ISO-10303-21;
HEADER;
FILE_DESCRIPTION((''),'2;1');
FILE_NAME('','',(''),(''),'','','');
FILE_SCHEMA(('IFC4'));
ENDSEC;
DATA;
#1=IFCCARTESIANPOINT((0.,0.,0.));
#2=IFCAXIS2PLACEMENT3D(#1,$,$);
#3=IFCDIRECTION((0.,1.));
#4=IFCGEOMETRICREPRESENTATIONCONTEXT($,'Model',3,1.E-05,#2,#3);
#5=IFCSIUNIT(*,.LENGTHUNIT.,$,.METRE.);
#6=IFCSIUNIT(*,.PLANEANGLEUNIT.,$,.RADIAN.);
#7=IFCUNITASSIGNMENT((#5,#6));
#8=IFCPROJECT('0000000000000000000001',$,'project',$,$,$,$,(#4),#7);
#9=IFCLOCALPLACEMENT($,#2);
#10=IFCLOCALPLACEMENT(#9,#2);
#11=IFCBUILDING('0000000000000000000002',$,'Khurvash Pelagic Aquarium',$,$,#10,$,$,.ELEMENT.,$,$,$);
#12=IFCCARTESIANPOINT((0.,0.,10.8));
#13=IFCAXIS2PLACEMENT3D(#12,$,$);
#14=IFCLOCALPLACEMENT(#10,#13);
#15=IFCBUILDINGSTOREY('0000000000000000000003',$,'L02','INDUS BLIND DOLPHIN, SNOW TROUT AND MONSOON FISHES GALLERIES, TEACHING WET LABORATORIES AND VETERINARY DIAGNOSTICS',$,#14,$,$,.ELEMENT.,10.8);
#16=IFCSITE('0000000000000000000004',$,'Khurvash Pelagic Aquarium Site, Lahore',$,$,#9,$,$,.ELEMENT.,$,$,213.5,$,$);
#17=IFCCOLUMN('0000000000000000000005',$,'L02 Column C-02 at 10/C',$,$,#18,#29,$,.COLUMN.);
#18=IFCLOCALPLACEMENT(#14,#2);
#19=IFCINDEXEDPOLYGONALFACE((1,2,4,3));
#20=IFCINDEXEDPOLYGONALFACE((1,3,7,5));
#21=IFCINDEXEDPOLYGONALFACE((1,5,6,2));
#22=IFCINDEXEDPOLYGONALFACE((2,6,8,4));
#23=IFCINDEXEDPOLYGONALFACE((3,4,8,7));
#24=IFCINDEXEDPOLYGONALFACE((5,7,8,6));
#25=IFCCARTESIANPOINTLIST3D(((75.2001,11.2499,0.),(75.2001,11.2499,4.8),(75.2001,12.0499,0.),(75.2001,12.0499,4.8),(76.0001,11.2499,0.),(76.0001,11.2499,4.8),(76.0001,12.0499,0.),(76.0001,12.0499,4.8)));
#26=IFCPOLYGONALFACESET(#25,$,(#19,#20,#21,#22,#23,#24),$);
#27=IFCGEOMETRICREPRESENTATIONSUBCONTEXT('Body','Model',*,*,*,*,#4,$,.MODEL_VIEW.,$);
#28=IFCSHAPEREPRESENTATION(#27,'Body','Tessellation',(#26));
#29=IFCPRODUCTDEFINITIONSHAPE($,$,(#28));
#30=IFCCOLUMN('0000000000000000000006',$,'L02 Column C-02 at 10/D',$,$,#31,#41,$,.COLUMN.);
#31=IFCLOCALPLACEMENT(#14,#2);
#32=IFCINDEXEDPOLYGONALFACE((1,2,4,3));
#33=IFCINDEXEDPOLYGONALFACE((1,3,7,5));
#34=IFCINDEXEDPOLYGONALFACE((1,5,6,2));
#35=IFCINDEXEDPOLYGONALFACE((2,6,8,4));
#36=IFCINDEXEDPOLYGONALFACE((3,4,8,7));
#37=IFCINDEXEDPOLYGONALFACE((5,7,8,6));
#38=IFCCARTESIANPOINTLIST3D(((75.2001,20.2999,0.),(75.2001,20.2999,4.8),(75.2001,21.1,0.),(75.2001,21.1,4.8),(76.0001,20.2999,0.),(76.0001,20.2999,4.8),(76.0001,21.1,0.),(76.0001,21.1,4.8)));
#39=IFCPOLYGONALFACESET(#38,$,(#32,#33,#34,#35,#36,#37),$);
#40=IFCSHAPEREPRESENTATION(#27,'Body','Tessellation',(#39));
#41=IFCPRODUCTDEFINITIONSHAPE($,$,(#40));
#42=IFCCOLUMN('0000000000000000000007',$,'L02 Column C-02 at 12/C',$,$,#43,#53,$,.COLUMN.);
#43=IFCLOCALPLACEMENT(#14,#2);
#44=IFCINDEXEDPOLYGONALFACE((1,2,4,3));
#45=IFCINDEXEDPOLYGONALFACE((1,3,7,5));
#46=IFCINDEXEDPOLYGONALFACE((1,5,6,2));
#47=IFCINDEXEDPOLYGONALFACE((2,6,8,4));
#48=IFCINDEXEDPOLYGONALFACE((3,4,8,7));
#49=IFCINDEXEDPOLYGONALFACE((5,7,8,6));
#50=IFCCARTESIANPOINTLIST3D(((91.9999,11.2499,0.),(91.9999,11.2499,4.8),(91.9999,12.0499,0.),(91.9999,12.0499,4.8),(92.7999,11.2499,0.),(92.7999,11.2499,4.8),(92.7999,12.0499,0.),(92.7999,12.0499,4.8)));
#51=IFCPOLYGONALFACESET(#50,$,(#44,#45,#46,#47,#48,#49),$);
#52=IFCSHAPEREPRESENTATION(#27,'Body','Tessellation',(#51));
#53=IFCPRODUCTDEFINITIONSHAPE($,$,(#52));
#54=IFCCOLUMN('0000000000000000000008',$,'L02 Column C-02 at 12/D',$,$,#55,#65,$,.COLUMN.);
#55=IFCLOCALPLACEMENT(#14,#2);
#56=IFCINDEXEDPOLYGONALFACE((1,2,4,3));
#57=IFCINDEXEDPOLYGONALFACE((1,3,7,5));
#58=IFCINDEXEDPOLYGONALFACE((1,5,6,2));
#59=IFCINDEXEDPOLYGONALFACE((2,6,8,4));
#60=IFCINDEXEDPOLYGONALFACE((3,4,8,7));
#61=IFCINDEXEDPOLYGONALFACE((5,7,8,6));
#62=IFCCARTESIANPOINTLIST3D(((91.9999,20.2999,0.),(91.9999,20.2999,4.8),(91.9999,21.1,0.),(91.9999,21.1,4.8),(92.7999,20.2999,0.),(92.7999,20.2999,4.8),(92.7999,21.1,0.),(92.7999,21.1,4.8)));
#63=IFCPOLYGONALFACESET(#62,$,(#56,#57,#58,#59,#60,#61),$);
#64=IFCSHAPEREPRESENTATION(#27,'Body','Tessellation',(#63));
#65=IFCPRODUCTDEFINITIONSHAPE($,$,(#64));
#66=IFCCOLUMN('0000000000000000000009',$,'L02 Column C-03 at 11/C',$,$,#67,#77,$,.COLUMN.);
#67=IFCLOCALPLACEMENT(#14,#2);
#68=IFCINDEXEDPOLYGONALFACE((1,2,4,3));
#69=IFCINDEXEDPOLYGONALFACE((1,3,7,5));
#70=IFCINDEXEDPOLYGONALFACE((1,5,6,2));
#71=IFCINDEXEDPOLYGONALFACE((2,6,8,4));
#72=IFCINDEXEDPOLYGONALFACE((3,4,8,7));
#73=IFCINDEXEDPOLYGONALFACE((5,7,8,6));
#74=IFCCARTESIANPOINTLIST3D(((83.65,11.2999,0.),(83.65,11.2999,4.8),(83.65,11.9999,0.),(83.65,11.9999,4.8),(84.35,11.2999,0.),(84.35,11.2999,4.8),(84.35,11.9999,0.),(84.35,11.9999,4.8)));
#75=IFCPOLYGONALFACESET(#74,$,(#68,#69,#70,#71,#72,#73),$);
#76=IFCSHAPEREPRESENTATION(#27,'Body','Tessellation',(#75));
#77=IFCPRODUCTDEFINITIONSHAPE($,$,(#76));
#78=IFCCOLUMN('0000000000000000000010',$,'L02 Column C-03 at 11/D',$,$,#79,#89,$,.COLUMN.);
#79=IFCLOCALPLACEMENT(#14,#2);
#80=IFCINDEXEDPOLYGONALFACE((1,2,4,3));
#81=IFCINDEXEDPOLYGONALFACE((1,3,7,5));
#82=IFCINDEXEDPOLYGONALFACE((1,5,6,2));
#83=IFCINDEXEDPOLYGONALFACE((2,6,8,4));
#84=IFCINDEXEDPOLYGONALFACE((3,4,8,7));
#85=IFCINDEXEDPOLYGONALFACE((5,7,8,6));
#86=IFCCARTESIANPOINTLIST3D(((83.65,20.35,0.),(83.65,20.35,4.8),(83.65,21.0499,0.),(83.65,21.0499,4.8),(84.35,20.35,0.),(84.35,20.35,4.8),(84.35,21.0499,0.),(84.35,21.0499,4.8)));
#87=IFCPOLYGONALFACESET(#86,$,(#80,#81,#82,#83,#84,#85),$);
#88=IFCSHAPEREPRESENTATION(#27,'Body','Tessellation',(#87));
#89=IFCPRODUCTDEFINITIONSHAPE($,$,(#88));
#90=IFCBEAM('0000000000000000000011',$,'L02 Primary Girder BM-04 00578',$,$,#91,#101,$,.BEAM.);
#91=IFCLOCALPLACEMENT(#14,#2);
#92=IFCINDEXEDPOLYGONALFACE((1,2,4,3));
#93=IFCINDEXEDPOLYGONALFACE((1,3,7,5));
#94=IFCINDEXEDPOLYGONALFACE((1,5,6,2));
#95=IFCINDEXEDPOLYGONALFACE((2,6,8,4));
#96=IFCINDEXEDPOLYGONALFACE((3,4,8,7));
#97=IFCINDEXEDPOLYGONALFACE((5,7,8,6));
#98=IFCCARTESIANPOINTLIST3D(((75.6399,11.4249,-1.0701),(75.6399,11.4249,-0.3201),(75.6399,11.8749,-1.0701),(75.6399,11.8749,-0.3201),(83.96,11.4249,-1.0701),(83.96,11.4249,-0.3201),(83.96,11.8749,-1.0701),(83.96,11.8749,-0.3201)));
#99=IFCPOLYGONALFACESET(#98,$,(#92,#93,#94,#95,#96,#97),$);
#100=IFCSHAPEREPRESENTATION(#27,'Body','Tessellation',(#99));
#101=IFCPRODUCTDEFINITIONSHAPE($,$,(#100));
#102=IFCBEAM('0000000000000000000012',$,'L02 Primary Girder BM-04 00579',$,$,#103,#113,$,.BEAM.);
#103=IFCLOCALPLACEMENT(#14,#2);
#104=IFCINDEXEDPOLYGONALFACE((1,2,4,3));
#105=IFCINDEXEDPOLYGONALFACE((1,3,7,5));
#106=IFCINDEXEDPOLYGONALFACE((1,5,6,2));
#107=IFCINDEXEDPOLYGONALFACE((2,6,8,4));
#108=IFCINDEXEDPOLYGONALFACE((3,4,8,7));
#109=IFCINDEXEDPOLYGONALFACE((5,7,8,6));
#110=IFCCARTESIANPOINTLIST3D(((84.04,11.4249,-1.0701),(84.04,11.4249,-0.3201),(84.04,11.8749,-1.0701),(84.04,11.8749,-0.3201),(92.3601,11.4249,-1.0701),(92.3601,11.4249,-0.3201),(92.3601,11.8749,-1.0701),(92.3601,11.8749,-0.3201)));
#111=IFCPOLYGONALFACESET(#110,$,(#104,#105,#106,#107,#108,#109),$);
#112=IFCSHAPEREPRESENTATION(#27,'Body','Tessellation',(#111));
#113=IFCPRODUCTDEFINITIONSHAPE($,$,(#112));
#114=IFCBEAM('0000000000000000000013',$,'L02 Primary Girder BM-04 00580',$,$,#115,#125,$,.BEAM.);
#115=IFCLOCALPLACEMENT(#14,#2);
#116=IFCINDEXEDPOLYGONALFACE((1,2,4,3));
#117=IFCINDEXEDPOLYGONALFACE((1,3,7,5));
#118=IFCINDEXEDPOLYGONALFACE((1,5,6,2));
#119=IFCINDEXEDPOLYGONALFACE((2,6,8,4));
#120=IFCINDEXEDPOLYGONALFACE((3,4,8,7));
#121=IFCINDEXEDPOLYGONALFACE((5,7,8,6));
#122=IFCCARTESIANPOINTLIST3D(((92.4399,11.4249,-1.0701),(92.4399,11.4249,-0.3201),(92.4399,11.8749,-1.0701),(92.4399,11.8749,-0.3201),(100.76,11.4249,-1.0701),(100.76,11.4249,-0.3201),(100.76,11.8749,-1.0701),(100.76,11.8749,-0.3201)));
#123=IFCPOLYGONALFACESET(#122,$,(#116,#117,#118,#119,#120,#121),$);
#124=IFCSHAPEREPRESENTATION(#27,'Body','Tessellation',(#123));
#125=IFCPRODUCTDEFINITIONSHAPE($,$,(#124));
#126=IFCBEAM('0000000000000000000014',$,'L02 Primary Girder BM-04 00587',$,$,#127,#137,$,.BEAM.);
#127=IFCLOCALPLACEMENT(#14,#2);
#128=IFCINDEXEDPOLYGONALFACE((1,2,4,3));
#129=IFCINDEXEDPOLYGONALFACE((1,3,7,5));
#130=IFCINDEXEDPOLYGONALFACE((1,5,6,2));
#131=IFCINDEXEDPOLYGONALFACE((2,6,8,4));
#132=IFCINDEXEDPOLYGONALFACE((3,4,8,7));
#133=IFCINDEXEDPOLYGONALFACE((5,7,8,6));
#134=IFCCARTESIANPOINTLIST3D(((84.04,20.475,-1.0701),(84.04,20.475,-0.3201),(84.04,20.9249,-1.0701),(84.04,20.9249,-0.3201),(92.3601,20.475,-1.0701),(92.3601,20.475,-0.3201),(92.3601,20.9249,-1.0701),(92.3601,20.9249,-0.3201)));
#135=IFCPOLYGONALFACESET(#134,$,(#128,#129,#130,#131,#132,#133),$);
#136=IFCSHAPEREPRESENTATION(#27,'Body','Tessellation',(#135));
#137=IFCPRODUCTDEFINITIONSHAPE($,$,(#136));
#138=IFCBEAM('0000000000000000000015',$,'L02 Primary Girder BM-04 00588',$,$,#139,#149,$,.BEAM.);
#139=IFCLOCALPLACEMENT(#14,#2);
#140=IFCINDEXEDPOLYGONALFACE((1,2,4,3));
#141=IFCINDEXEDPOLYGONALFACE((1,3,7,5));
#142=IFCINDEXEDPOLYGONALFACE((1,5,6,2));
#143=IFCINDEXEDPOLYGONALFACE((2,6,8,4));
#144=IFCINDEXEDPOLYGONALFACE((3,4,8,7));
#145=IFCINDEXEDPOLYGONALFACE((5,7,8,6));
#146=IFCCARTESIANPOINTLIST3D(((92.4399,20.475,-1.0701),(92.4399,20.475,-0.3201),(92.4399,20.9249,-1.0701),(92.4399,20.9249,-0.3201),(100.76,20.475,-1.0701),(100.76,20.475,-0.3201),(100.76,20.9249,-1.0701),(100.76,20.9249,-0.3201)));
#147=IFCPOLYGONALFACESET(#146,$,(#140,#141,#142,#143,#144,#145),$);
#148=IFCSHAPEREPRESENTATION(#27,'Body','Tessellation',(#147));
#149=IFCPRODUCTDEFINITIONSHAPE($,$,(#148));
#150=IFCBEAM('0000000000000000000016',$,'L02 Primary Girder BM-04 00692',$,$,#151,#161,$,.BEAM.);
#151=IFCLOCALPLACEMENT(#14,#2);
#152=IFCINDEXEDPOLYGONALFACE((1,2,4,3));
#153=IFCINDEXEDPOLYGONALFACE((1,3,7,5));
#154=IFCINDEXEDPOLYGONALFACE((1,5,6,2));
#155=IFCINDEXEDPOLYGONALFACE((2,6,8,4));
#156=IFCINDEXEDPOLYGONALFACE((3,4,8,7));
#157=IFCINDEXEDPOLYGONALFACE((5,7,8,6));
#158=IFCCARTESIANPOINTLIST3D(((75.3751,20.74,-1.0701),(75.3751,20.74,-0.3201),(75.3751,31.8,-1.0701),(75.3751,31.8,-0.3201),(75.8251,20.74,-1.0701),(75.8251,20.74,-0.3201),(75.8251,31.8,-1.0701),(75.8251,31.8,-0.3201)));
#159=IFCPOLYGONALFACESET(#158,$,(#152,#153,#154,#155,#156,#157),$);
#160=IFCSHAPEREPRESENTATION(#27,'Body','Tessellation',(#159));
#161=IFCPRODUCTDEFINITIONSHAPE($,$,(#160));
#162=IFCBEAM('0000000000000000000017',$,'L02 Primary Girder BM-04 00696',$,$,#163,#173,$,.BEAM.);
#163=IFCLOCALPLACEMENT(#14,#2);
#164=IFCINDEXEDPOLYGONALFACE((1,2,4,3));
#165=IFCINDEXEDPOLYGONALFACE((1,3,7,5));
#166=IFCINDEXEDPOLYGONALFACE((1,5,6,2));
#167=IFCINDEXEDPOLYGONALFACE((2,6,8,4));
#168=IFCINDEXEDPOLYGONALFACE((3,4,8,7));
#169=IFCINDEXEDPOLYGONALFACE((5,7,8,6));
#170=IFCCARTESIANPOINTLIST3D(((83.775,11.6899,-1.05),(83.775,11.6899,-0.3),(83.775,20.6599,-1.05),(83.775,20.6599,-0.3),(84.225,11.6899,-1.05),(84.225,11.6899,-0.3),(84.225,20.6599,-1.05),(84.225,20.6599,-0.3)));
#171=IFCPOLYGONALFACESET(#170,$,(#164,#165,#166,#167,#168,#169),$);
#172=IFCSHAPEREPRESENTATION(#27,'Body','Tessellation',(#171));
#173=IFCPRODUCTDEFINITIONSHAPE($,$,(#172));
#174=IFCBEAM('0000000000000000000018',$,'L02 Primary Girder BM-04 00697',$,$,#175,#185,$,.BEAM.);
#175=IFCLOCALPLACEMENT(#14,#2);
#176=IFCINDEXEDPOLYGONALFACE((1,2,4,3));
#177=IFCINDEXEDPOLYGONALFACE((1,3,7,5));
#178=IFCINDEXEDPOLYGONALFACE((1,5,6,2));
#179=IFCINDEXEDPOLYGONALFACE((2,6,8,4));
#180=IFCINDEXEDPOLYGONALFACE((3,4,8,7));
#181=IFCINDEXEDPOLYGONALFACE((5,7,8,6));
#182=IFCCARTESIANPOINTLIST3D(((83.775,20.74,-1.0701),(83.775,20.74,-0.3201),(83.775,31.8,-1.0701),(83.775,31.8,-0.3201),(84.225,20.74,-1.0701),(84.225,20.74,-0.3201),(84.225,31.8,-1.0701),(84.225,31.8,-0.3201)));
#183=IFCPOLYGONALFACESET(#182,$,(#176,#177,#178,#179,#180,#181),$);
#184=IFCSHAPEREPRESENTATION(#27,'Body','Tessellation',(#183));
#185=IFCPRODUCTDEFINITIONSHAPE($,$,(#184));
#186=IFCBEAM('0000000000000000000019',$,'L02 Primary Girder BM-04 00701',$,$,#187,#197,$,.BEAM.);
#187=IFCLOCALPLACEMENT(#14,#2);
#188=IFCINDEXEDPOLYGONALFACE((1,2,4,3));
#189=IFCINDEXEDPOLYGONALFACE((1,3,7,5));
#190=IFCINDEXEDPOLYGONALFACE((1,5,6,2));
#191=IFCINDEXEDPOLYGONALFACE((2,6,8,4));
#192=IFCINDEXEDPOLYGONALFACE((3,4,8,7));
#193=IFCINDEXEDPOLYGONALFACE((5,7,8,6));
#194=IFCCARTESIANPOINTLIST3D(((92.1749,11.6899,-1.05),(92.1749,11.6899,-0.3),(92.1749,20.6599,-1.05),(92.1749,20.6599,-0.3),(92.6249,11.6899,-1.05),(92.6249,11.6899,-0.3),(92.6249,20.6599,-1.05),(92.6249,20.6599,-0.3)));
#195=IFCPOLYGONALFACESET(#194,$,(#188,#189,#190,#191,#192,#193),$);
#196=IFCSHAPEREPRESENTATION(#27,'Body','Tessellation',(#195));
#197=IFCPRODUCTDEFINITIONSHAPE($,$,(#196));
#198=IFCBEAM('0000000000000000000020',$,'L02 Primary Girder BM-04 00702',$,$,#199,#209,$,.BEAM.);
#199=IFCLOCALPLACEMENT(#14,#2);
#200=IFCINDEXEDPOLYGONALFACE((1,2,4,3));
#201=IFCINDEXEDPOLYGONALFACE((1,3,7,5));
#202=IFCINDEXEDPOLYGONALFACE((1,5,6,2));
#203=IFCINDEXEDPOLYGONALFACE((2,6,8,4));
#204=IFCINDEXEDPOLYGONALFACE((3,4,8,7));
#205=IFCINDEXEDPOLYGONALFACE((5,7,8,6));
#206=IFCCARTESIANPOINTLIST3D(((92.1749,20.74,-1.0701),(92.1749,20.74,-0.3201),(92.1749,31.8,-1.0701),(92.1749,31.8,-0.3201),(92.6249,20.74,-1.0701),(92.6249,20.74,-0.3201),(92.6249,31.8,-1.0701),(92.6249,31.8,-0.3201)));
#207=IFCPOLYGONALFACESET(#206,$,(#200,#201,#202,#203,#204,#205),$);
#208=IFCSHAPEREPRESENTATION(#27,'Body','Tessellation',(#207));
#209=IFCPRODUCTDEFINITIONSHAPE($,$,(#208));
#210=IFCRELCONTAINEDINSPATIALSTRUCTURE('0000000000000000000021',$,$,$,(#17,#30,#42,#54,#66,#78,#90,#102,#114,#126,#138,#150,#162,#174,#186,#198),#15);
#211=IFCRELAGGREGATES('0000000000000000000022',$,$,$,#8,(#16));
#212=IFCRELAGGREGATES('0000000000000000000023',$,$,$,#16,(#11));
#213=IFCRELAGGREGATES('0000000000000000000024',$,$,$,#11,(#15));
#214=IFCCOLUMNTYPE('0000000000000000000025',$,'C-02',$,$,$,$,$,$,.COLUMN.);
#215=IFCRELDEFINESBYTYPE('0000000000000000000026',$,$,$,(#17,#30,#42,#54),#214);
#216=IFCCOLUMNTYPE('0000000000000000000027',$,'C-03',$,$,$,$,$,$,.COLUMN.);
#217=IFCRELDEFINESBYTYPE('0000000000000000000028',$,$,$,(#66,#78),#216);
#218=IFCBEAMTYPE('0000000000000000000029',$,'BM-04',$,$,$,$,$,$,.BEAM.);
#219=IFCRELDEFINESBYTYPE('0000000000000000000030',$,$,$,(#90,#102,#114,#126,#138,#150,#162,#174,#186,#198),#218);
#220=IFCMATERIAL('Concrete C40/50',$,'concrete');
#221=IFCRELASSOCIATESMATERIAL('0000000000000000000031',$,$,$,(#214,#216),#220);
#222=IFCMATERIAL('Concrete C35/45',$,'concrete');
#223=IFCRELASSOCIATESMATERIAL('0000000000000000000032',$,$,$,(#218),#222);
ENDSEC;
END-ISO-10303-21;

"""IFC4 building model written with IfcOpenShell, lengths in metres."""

from ifc_helpers import new_model, si_unit, direction, frame, origin, origin_2d, place, context, subcontext, project, spatial, rectangle, extrude, material, material_profile, profile_set, type_object, element, save


model = new_model("IFC4")

# Units and contexts
model_context = context("Model", 3, precision=1e-05, world=origin(), true_north=direction((0.0, 1.0)))
body_context = subcontext(model_context, "Body", "Model", "MODEL_VIEW")
ifc_project = project(units=[si_unit("LENGTHUNIT", "METRE"), si_unit("PLANEANGLEUNIT", "RADIAN")], contexts=[model_context])

# Site, building, storey
site_placement = place(None, origin())
site = spatial("IfcSite", under=ifc_project, at=site_placement, Name="Khurvash Pelagic Aquarium Site, Lahore", CompositionType="ELEMENT", RefElevation=213.5)
building_placement = place(site_placement, origin())
building = spatial("IfcBuilding", under=site, at=building_placement, Name="Khurvash Pelagic Aquarium", CompositionType="ELEMENT")
storey_placement = place(building_placement, frame((0.0, 0.0, 10.8)))
storey = spatial("IfcBuildingStorey", under=building, at=storey_placement, Name="L02", Description="INDUS BLIND DOLPHIN, SNOW TROUT AND MONSOON FISHES GALLERIES, TEACHING WET LABORATORIES AND VETERINARY DIAGNOSTICS", CompositionType="ELEMENT", Elevation=10.8)

# Columns
ifc_material_1 = material(Name="Concrete C40/50", Category="concrete")
ifc_material_profile_1 = material_profile(ifc_material_1, rectangle(XDim=0.8, YDim=0.8, at=origin_2d()), Name="RC800X800")
ifc_profile_set_1 = profile_set([ifc_material_profile_1], Name="Concrete C40/50")
column_type_1 = type_object("IfcColumnType", Name="C-02", PredefinedType="COLUMN", material=ifc_profile_set_1)
for number, where, z_axis, x_axis, name in (
    (1, (75.6001, 11.6499, 0.0), (0.0, 0.0, 1.0), (1.0, 0.0, 0.0), "L02 Column C-02 at 10/C"),
    (2, (75.6001, 20.7, 0.0), (0.0, 0.0, 1.0), (1.0, 0.0, 0.0), "L02 Column C-02 at 10/D"),
    (3, (92.3999, 11.6499, 0.0), (0.0, 0.0, 1.0), (1.0, 0.0, 0.0), "L02 Column C-02 at 12/C"),
    (4, (92.3999, 20.7, 0.0), (0.0, 0.0, 1.0), (1.0, 0.0, 0.0), "L02 Column C-02 at 12/D"),
):
    element("IfcColumn", number, at=place(storey_placement, frame(where, z_axis=z_axis, x_axis=x_axis)), inside=storey, type_object=column_type_1, Name=name, PredefinedType="COLUMN", context=body_context, shape_type="SweptSolid", body=[
        extrude(rectangle(XDim=0.8, YDim=0.8, at=origin_2d()), origin(), (0.0, 0.0, 1.0), 4.8),
    ])
ifc_material_profile_2 = material_profile(ifc_material_1, rectangle(XDim=0.7, YDim=0.7, at=origin_2d()), Name="RC700X700")
ifc_profile_set_2 = profile_set([ifc_material_profile_2], Name="Concrete C40/50")
column_type_2 = type_object("IfcColumnType", Name="C-03", PredefinedType="COLUMN", material=ifc_profile_set_2)
for number, where, z_axis, x_axis, name in (
    (5, (84.0, 11.6499, 0.0), (0.0, 0.0, 1.0), (1.0, 0.0, 0.0), "L02 Column C-03 at 11/C"),
    (6, (84.0, 20.7, 0.0), (0.0, 0.0, 1.0), (1.0, 0.0, 0.0), "L02 Column C-03 at 11/D"),
):
    element("IfcColumn", number, at=place(storey_placement, frame(where, z_axis=z_axis, x_axis=x_axis)), inside=storey, type_object=column_type_2, Name=name, PredefinedType="COLUMN", context=body_context, shape_type="SweptSolid", body=[
        extrude(rectangle(XDim=0.7, YDim=0.7, at=origin_2d()), origin(), (0.0, 0.0, 1.0), 4.8),
    ])

# Beams
ifc_material_2 = material(Name="Concrete C35/45", Category="concrete")
ifc_material_profile_3 = material_profile(ifc_material_2, rectangle(XDim=0.45, YDim=0.75, at=origin_2d()), Name="RC450X750")
ifc_profile_set_3 = profile_set([ifc_material_profile_3], Name="Concrete C35/45")
beam_type_1 = type_object("IfcBeamType", Name="BM-04", PredefinedType="BEAM", material=ifc_profile_set_3)
for number, where, z_axis, x_axis, name in (
    (7, (75.6399, 11.6499, -0.6951), (1.0, 0.0, 0.0), (0.0, 1.0, 0.0), "L02 Primary Girder BM-04 00578"),
    (8, (84.04, 11.6499, -0.6951), (1.0, 0.0, 0.0), (0.0, 1.0, 0.0), "L02 Primary Girder BM-04 00579"),
    (9, (92.4399, 11.6499, -0.6951), (1.0, 0.0, 0.0), (0.0, 1.0, 0.0), "L02 Primary Girder BM-04 00580"),
    (10, (84.04, 20.7, -0.6951), (1.0, 0.0, 0.0), (0.0, 1.0, 0.0), "L02 Primary Girder BM-04 00587"),
    (11, (92.4399, 20.7, -0.6951), (1.0, 0.0, 0.0), (0.0, 1.0, 0.0), "L02 Primary Girder BM-04 00588"),
):
    element("IfcBeam", number, at=place(storey_placement, frame(where, z_axis=z_axis, x_axis=x_axis)), inside=storey, type_object=beam_type_1, Name=name, PredefinedType="BEAM", context=body_context, shape_type="SweptSolid", body=[
        extrude(rectangle(XDim=0.45, YDim=0.75, at=origin_2d()), origin(), (0.0, 0.0, 1.0), 8.3201),
    ])
beam_1_placement = place(storey_placement, frame((75.6001, 20.74, -0.6951), z_axis=(0.0, 1.0, 0.0), x_axis=(-1.0, 0.0, 0.0)))
element("IfcBeam", 12, at=beam_1_placement, inside=storey, type_object=beam_type_1, Name="L02 Primary Girder BM-04 00692", PredefinedType="BEAM", context=body_context, shape_type="SweptSolid", body=[
    extrude(rectangle(XDim=0.45, YDim=0.75, at=origin_2d()), origin(), (0.0, 0.0, 1.0), 11.0601),
])
beam_2_placement = place(storey_placement, frame((84.0, 11.6899, -0.675), z_axis=(0.0, 1.0, 0.0), x_axis=(-1.0, 0.0, 0.0)))
element("IfcBeam", 13, at=beam_2_placement, inside=storey, type_object=beam_type_1, Name="L02 Primary Girder BM-04 00696", PredefinedType="BEAM", context=body_context, shape_type="SweptSolid", body=[
    extrude(rectangle(XDim=0.45, YDim=0.75, at=origin_2d()), origin(), (0.0, 0.0, 1.0), 8.97),
])
beam_3_placement = place(storey_placement, frame((84.0, 20.74, -0.6951), z_axis=(0.0, 1.0, 0.0), x_axis=(-1.0, 0.0, 0.0)))
element("IfcBeam", 14, at=beam_3_placement, inside=storey, type_object=beam_type_1, Name="L02 Primary Girder BM-04 00697", PredefinedType="BEAM", context=body_context, shape_type="SweptSolid", body=[
    extrude(rectangle(XDim=0.45, YDim=0.75, at=origin_2d()), origin(), (0.0, 0.0, 1.0), 11.0601),
])
beam_4_placement = place(storey_placement, frame((92.3999, 11.6899, -0.675), z_axis=(0.0, 1.0, 0.0), x_axis=(-1.0, 0.0, 0.0)))
element("IfcBeam", 15, at=beam_4_placement, inside=storey, type_object=beam_type_1, Name="L02 Primary Girder BM-04 00701", PredefinedType="BEAM", context=body_context, shape_type="SweptSolid", body=[
    extrude(rectangle(XDim=0.45, YDim=0.75, at=origin_2d()), origin(), (0.0, 0.0, 1.0), 8.97),
])
beam_5_placement = place(storey_placement, frame((92.3999, 20.74, -0.6951), z_axis=(0.0, 1.0, 0.0), x_axis=(-1.0, 0.0, 0.0)))
element("IfcBeam", 16, at=beam_5_placement, inside=storey, type_object=beam_type_1, Name="L02 Primary Girder BM-04 00702", PredefinedType="BEAM", context=body_context, shape_type="SweptSolid", body=[
    extrude(rectangle(XDim=0.45, YDim=0.75, at=origin_2d()), origin(), (0.0, 0.0, 1.0), 11.0601),
])

save(model, "model.ifc")
